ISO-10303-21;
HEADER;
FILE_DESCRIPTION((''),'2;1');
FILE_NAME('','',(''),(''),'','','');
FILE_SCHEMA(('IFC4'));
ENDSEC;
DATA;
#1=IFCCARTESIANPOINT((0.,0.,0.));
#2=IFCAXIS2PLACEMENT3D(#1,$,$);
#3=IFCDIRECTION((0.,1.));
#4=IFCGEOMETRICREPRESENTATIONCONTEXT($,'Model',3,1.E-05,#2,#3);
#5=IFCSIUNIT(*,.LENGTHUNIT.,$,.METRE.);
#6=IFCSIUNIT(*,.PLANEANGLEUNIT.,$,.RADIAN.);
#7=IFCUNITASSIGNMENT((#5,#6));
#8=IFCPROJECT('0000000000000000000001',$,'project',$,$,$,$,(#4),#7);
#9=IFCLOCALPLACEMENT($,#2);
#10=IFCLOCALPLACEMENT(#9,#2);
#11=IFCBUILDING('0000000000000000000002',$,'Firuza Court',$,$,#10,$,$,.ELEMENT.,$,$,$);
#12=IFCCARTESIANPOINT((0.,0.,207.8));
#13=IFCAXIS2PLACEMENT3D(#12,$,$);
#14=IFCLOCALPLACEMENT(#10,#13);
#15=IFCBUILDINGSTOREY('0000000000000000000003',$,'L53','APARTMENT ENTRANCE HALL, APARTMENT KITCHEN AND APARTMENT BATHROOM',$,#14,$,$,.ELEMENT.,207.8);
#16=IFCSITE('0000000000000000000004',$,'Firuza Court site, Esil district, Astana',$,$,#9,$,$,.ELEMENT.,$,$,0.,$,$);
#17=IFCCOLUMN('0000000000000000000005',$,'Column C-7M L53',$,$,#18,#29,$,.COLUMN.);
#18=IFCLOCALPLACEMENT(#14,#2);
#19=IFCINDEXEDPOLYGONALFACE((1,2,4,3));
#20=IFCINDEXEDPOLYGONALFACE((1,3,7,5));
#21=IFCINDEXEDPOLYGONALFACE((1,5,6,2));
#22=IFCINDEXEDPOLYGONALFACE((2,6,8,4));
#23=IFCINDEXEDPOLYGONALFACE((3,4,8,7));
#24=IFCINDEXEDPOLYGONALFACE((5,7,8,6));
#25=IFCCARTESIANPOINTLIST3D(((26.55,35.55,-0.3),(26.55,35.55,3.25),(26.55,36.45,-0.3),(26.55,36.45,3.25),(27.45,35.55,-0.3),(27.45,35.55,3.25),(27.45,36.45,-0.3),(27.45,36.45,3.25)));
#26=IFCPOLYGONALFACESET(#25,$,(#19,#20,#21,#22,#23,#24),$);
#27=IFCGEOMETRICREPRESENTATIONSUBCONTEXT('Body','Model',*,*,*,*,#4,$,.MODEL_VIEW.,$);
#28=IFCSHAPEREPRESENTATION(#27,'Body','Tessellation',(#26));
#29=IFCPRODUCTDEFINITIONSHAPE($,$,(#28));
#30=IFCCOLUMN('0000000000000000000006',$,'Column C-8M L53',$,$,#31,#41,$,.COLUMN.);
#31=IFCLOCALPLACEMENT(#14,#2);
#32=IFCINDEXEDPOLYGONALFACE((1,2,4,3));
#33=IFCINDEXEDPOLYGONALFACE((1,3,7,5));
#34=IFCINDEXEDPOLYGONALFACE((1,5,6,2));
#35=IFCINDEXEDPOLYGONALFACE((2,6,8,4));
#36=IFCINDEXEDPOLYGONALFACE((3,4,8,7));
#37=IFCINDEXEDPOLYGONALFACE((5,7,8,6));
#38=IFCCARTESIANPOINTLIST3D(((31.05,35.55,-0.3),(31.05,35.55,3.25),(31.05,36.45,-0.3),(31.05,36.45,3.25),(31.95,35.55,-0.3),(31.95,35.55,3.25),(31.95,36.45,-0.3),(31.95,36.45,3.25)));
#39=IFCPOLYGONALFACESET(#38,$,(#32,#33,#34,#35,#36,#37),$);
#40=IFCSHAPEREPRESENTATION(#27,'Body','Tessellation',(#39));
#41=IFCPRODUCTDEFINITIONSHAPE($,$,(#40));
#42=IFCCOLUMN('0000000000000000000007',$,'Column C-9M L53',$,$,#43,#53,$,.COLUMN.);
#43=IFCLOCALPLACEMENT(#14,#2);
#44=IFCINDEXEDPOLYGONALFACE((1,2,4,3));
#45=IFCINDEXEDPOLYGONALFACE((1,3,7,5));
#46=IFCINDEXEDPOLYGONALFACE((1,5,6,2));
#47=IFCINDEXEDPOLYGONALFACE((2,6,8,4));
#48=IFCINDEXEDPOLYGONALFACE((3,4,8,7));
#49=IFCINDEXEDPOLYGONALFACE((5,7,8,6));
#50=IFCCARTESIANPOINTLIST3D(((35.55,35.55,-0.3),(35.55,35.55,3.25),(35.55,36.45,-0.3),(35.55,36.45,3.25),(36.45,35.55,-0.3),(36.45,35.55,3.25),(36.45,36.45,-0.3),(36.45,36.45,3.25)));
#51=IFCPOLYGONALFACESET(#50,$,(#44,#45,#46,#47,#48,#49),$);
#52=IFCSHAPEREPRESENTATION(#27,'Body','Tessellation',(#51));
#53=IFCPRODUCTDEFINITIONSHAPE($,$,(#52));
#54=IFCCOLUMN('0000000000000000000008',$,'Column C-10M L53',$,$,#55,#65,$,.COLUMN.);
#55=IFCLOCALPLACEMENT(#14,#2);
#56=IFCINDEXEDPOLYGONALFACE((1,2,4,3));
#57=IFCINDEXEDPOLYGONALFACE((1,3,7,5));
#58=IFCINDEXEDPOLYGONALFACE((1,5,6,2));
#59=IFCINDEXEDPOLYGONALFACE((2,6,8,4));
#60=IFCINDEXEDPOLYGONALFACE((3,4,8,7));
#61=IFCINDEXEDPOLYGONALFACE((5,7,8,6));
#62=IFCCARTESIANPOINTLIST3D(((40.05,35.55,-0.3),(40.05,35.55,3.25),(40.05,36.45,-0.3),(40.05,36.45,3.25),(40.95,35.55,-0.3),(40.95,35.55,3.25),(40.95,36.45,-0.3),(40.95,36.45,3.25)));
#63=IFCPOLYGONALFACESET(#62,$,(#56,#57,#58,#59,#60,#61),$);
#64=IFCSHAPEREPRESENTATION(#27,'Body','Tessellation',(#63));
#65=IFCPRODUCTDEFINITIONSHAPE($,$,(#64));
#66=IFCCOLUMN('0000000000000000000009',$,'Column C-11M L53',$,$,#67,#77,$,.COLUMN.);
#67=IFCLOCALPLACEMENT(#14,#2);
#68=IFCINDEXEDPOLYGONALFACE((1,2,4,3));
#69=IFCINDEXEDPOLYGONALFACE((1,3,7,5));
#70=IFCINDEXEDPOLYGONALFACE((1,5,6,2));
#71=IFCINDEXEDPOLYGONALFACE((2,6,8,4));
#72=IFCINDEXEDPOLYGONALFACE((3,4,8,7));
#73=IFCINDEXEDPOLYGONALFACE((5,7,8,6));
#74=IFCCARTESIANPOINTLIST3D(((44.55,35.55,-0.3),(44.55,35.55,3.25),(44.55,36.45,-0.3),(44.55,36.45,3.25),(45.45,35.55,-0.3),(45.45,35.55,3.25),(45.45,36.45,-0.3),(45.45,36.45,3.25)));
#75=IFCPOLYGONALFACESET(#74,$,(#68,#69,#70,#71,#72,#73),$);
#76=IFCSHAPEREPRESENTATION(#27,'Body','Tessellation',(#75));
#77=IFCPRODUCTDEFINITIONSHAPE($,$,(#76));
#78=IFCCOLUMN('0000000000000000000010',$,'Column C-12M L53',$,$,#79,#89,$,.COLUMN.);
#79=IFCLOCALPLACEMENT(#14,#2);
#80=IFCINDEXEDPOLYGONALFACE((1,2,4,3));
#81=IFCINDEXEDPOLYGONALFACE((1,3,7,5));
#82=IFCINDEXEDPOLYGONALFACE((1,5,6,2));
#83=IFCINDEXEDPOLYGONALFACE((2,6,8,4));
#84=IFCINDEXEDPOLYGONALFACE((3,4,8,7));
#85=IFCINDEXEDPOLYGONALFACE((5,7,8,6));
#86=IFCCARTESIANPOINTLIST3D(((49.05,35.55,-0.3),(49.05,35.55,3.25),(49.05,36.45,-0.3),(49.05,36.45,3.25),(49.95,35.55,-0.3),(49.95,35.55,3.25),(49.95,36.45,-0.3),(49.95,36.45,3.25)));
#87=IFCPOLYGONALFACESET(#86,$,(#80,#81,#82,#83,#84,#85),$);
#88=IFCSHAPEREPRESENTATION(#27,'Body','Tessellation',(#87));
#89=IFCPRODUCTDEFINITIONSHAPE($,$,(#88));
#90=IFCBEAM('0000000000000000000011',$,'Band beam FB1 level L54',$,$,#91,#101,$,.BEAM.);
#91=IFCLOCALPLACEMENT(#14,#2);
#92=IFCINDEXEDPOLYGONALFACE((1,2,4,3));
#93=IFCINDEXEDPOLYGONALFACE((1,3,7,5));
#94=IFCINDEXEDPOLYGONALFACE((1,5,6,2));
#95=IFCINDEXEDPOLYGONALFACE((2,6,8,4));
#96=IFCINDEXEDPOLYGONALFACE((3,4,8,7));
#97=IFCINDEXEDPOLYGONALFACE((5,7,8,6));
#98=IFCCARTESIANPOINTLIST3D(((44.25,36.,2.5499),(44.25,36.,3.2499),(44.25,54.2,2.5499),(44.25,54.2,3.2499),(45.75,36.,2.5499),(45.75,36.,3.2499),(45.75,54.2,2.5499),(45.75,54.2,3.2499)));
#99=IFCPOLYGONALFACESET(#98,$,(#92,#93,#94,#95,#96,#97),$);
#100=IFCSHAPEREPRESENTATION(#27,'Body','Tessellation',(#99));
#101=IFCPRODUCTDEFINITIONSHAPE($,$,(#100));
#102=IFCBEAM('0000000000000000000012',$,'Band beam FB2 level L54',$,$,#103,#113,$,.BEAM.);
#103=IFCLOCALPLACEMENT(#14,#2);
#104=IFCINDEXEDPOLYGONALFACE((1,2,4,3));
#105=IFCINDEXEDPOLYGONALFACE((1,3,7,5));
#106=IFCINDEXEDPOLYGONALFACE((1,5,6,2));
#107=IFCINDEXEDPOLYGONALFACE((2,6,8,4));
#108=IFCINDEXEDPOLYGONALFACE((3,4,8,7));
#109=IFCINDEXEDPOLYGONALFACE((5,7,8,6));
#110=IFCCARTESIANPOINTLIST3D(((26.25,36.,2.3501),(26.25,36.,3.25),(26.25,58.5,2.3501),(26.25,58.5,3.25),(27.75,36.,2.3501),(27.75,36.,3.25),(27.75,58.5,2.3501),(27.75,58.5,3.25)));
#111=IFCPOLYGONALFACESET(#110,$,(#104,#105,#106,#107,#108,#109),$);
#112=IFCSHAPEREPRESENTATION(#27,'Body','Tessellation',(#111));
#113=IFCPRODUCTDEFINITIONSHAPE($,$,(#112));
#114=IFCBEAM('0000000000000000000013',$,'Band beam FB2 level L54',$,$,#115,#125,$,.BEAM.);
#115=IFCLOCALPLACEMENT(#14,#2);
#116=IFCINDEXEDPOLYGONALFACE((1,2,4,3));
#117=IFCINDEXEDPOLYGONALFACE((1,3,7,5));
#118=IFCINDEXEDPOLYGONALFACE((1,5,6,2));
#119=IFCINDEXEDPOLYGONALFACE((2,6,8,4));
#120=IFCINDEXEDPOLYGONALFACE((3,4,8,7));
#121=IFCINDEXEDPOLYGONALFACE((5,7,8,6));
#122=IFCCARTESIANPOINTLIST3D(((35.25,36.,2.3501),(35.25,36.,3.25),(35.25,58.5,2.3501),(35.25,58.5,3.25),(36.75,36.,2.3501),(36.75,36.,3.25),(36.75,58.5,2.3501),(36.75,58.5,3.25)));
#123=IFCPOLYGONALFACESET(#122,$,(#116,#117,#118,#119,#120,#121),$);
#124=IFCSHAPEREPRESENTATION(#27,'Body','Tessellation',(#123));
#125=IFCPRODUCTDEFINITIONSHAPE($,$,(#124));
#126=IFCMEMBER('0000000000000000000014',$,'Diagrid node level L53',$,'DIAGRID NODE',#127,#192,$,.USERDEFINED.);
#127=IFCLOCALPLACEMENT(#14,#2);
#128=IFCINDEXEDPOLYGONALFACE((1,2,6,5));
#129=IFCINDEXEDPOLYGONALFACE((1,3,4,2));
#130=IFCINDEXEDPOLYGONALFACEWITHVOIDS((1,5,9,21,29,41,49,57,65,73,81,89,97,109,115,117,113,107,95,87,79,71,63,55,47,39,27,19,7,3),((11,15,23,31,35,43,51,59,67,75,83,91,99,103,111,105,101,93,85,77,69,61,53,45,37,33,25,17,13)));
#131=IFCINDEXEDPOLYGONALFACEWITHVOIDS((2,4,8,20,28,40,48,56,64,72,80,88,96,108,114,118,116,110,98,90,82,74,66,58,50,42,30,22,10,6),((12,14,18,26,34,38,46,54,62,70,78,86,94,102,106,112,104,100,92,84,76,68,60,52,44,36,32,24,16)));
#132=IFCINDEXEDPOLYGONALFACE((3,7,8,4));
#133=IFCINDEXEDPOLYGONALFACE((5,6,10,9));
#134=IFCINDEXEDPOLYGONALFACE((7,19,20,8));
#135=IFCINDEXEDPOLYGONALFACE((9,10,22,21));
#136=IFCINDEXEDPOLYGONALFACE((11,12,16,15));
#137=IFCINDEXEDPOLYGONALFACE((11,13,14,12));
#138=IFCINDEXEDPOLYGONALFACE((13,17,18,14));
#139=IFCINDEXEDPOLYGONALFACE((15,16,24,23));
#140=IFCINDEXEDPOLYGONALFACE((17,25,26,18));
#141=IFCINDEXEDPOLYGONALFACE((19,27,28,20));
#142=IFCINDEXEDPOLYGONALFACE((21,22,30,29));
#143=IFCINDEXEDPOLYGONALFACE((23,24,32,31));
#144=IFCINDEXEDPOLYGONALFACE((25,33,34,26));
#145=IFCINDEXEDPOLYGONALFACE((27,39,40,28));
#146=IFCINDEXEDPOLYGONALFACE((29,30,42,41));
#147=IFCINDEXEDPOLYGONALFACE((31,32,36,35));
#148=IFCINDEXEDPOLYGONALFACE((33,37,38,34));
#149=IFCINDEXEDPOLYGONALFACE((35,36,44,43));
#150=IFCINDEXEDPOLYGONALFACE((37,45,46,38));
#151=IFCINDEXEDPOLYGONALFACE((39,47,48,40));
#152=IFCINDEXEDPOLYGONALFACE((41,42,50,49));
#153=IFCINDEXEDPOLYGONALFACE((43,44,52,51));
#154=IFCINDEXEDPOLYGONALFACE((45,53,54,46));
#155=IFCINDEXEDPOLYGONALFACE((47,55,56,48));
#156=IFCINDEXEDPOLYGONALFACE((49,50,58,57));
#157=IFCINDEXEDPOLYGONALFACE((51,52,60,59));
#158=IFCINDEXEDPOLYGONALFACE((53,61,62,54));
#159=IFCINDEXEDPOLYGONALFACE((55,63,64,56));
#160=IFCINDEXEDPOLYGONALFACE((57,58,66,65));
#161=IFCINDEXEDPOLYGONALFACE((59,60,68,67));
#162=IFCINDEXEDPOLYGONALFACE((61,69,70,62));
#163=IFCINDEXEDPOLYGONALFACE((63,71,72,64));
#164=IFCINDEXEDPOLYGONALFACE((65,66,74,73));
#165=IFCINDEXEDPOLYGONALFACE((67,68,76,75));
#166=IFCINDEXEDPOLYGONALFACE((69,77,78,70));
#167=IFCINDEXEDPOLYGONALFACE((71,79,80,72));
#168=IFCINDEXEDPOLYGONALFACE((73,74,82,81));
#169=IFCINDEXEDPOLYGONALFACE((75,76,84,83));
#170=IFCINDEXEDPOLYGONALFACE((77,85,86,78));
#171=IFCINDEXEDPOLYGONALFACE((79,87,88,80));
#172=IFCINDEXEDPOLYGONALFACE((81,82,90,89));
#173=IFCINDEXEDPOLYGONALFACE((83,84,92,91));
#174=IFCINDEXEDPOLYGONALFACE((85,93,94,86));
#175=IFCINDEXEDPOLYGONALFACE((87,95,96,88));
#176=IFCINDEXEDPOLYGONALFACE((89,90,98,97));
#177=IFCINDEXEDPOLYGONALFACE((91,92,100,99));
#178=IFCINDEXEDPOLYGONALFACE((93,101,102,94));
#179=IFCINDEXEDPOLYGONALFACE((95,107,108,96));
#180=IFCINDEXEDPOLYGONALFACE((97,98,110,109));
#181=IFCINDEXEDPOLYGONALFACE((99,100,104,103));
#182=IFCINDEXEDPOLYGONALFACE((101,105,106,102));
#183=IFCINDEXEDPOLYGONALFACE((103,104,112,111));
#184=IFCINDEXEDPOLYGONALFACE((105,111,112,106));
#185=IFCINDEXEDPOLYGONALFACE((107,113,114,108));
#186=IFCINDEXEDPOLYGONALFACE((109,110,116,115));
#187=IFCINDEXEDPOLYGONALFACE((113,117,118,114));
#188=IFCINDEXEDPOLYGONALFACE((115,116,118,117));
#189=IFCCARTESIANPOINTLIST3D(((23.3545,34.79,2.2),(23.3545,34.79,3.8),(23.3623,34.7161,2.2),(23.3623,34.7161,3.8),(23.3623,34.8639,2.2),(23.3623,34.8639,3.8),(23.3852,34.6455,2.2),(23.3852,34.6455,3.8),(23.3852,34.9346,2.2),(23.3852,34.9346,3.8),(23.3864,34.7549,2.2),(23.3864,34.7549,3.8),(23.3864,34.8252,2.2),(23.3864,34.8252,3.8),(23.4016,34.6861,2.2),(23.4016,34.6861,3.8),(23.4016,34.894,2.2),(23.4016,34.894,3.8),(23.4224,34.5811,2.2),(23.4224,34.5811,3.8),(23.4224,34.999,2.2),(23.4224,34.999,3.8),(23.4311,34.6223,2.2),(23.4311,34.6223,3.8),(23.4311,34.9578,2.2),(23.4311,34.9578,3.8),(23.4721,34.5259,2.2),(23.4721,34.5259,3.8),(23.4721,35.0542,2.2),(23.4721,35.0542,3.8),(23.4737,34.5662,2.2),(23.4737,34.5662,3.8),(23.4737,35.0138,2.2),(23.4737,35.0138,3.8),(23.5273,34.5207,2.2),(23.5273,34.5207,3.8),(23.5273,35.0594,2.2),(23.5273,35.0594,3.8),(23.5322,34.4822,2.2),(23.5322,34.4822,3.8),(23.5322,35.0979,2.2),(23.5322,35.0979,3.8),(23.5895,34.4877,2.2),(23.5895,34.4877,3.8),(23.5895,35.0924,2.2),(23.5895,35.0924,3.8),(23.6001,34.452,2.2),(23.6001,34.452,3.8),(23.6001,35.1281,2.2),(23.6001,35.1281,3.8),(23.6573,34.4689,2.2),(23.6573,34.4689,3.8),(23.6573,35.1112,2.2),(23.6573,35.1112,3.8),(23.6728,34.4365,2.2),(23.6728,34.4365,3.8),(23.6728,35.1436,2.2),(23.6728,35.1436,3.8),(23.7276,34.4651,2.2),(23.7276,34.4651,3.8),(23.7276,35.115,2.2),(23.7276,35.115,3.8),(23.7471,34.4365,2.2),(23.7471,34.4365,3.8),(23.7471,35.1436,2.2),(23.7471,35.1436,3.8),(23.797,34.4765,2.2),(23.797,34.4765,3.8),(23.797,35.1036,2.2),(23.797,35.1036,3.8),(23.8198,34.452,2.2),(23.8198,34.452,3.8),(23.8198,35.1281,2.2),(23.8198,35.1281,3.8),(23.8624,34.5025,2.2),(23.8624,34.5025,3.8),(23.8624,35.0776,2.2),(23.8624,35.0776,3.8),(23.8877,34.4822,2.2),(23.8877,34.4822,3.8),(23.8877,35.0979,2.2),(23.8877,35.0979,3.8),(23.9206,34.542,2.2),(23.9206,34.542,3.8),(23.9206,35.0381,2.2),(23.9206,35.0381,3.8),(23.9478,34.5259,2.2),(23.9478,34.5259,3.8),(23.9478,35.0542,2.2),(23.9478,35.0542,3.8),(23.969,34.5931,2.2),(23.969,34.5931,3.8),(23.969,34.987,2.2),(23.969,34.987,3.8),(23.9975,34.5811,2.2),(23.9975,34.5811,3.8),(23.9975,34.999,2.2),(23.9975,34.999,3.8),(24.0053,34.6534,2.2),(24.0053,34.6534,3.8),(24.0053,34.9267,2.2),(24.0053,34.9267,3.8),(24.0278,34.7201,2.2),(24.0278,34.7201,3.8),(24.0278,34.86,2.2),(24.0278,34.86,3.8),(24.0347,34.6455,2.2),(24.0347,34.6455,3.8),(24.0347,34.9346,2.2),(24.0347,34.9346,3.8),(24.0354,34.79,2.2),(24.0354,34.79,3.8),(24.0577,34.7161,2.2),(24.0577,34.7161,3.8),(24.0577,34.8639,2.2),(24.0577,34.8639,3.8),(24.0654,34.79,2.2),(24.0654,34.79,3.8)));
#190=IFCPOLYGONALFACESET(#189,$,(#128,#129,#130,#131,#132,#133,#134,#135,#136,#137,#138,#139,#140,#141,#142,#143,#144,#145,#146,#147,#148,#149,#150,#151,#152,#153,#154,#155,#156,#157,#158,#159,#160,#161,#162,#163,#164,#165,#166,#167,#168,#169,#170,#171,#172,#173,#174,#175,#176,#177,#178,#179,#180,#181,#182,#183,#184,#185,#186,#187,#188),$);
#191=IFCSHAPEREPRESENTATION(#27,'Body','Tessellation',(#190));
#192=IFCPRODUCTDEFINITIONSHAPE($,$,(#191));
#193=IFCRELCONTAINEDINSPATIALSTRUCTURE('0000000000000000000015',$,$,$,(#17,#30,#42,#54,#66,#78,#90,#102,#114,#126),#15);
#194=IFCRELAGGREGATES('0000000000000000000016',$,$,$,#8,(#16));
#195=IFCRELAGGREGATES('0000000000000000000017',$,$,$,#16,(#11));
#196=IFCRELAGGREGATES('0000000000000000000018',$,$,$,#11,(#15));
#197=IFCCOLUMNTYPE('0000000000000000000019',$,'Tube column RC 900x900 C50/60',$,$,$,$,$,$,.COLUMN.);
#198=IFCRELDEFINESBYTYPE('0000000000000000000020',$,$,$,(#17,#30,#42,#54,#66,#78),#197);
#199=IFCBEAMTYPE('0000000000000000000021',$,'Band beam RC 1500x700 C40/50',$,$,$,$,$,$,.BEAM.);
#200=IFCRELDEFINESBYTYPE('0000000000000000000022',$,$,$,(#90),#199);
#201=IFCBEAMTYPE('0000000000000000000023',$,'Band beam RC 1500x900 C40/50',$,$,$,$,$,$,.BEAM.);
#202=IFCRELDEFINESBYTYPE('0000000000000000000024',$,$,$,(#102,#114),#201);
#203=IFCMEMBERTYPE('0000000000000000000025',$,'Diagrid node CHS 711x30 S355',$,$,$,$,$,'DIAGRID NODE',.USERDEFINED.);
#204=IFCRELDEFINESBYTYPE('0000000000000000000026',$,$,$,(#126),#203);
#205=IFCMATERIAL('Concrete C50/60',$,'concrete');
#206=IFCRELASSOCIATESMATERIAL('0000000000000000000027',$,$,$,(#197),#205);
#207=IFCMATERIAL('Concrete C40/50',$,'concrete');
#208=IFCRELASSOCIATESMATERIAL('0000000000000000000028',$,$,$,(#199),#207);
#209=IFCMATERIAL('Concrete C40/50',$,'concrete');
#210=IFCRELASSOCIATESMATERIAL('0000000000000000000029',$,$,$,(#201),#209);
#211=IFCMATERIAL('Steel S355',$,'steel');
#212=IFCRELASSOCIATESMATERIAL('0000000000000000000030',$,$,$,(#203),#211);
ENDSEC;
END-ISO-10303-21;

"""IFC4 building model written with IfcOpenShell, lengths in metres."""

from ifc_helpers import new_model, si_unit, direction, frame, origin, origin_2d, place, context, subcontext, project, spatial, rectangle, hollow_circle, extrude, material, material_profile, profile_set, type_object, element, save


model = new_model("IFC4")

# Units and contexts
model_context = context("Model", 3, precision=1e-05, world=origin(), true_north=direction((0.0, 1.0)))
body_context = subcontext(model_context, "Body", "Model", "MODEL_VIEW")
ifc_project = project(units=[si_unit("LENGTHUNIT", "METRE"), si_unit("PLANEANGLEUNIT", "RADIAN")], contexts=[model_context])

# Site, building, storey
site_placement = place(None, origin())
site = spatial("IfcSite", under=ifc_project, at=site_placement, Name="Firuza Court site, Esil district, Astana", CompositionType="ELEMENT", RefElevation=0.0)
building_placement = place(site_placement, origin())
building = spatial("IfcBuilding", under=site, at=building_placement, Name="Firuza Court", CompositionType="ELEMENT")
storey_placement = place(building_placement, frame((0.0, 0.0, 207.8)))
storey = spatial("IfcBuildingStorey", under=building, at=storey_placement, Name="L53", Description="APARTMENT ENTRANCE HALL, APARTMENT KITCHEN AND APARTMENT BATHROOM", CompositionType="ELEMENT", Elevation=207.8)

# Columns
ifc_material_1 = material(Name="Concrete C50/60", Category="concrete")
ifc_material_profile_1 = material_profile(ifc_material_1, rectangle(XDim=0.8999, YDim=0.8999, at=origin_2d()), Name="RC 900x900")
ifc_profile_set_1 = profile_set([ifc_material_profile_1], Name="Concrete C50/60")
column_type = type_object("IfcColumnType", Name="Tube column RC 900x900 C50/60", PredefinedType="COLUMN", material=ifc_profile_set_1)
for number, where, z_axis, x_axis, name in (
    (1, (27.0, 36.0, -0.3), (0.0, 0.0, 1.0), (1.0, 0.0, 0.0), "Column C-7M L53"),
    (2, (31.5, 36.0, -0.3), (0.0, 0.0, 1.0), (1.0, 0.0, 0.0), "Column C-8M L53"),
    (3, (36.0, 36.0, -0.3), (0.0, 0.0, 1.0), (1.0, 0.0, 0.0), "Column C-9M L53"),
    (4, (40.5, 36.0, -0.3), (0.0, 0.0, 1.0), (1.0, 0.0, 0.0), "Column C-10M L53"),
    (5, (45.0, 36.0, -0.3), (0.0, 0.0, 1.0), (1.0, 0.0, 0.0), "Column C-11M L53"),
    (6, (49.5, 36.0, -0.3), (0.0, 0.0, 1.0), (1.0, 0.0, 0.0), "Column C-12M L53"),
):
    element("IfcColumn", number, at=place(storey_placement, frame(where, z_axis=z_axis, x_axis=x_axis)), inside=storey, type_object=column_type, Name=name, PredefinedType="COLUMN", context=body_context, shape_type="SweptSolid", body=[
        extrude(rectangle(XDim=0.8999, YDim=0.8999, at=origin_2d()), origin(), (0.0, 0.0, 1.0), 3.55),
    ])

# Beams
ifc_material_2 = material(Name="Concrete C40/50", Category="concrete")
ifc_material_profile_2 = material_profile(ifc_material_2, rectangle(XDim=1.5, YDim=0.7, at=origin_2d()), Name="RC 1500x700")
ifc_profile_set_2 = profile_set([ifc_material_profile_2], Name="Concrete C40/50")
beam_type_1 = type_object("IfcBeamType", Name="Band beam RC 1500x700 C40/50", PredefinedType="BEAM", material=ifc_profile_set_2)
beam_1_placement = place(storey_placement, frame((45.0, 36.0, 2.8999), z_axis=(0.0, 1.0, 0.0), x_axis=(-1.0, 0.0, 0.0)))
element("IfcBeam", 7, at=beam_1_placement, inside=storey, type_object=beam_type_1, Name="Band beam FB1 level L54", PredefinedType="BEAM", context=body_context, shape_type="SweptSolid", body=[
    extrude(rectangle(XDim=1.5, YDim=0.7, at=origin_2d()), origin(), (0.0, 0.0, 1.0), 18.2),
])
ifc_material_3 = material(Name="Concrete C40/50", Category="concrete")
ifc_material_profile_3 = material_profile(ifc_material_3, rectangle(XDim=1.5, YDim=0.8999, at=origin_2d()), Name="RC 1500x900")
ifc_profile_set_3 = profile_set([ifc_material_profile_3], Name="Concrete C40/50")
beam_type_2 = type_object("IfcBeamType", Name="Band beam RC 1500x900 C40/50", PredefinedType="BEAM", material=ifc_profile_set_3)
for number, where, z_axis, x_axis, name in (
    (8, (27.0, 36.0, 2.8), (0.0, 1.0, 0.0), (-1.0, 0.0, 0.0), "Band beam FB2 level L54"),
    (9, (36.0, 36.0, 2.8), (0.0, 1.0, 0.0), (-1.0, 0.0, 0.0), "Band beam FB2 level L54"),
):
    element("IfcBeam", number, at=place(storey_placement, frame(where, z_axis=z_axis, x_axis=x_axis)), inside=storey, type_object=beam_type_2, Name=name, PredefinedType="BEAM", context=body_context, shape_type="SweptSolid", body=[
        extrude(rectangle(XDim=1.5, YDim=0.8999, at=origin_2d()), origin(), (0.0, 0.0, 1.0), 22.5),
    ])

# Member
ifc_material_4 = material(Name="Steel S355", Category="steel")
ifc_material_profile_4 = material_profile(ifc_material_4, hollow_circle(Radius=0.3555, WallThickness=0.03, at=origin_2d()), Name="CHS 711x30")
ifc_profile_set_4 = profile_set([ifc_material_profile_4], Name="Steel S355")
member_type_1 = type_object("IfcMemberType", Name="Diagrid node CHS 711x30 S355", ElementType="DIAGRID NODE", PredefinedType="USERDEFINED", material=ifc_profile_set_4)
for number, where, z_axis, x_axis, name in (
    (10, (23.71, 34.79, 2.2), (0.0, 0.0, 1.0), (1.0, 0.0, 0.0), "Diagrid node level L53"),
):
    element("IfcMember", number, at=place(storey_placement, frame(where, z_axis=z_axis, x_axis=x_axis)), inside=storey, type_object=member_type_1, Name=name, ObjectType="DIAGRID NODE", PredefinedType="USERDEFINED", context=body_context, shape_type="SweptSolid", body=[
        extrude(hollow_circle(Radius=0.3555, WallThickness=0.03, at=origin_2d()), origin(), (0.0, 0.0, 1.0), 1.6001),
    ])

save(model, "model.ifc")
